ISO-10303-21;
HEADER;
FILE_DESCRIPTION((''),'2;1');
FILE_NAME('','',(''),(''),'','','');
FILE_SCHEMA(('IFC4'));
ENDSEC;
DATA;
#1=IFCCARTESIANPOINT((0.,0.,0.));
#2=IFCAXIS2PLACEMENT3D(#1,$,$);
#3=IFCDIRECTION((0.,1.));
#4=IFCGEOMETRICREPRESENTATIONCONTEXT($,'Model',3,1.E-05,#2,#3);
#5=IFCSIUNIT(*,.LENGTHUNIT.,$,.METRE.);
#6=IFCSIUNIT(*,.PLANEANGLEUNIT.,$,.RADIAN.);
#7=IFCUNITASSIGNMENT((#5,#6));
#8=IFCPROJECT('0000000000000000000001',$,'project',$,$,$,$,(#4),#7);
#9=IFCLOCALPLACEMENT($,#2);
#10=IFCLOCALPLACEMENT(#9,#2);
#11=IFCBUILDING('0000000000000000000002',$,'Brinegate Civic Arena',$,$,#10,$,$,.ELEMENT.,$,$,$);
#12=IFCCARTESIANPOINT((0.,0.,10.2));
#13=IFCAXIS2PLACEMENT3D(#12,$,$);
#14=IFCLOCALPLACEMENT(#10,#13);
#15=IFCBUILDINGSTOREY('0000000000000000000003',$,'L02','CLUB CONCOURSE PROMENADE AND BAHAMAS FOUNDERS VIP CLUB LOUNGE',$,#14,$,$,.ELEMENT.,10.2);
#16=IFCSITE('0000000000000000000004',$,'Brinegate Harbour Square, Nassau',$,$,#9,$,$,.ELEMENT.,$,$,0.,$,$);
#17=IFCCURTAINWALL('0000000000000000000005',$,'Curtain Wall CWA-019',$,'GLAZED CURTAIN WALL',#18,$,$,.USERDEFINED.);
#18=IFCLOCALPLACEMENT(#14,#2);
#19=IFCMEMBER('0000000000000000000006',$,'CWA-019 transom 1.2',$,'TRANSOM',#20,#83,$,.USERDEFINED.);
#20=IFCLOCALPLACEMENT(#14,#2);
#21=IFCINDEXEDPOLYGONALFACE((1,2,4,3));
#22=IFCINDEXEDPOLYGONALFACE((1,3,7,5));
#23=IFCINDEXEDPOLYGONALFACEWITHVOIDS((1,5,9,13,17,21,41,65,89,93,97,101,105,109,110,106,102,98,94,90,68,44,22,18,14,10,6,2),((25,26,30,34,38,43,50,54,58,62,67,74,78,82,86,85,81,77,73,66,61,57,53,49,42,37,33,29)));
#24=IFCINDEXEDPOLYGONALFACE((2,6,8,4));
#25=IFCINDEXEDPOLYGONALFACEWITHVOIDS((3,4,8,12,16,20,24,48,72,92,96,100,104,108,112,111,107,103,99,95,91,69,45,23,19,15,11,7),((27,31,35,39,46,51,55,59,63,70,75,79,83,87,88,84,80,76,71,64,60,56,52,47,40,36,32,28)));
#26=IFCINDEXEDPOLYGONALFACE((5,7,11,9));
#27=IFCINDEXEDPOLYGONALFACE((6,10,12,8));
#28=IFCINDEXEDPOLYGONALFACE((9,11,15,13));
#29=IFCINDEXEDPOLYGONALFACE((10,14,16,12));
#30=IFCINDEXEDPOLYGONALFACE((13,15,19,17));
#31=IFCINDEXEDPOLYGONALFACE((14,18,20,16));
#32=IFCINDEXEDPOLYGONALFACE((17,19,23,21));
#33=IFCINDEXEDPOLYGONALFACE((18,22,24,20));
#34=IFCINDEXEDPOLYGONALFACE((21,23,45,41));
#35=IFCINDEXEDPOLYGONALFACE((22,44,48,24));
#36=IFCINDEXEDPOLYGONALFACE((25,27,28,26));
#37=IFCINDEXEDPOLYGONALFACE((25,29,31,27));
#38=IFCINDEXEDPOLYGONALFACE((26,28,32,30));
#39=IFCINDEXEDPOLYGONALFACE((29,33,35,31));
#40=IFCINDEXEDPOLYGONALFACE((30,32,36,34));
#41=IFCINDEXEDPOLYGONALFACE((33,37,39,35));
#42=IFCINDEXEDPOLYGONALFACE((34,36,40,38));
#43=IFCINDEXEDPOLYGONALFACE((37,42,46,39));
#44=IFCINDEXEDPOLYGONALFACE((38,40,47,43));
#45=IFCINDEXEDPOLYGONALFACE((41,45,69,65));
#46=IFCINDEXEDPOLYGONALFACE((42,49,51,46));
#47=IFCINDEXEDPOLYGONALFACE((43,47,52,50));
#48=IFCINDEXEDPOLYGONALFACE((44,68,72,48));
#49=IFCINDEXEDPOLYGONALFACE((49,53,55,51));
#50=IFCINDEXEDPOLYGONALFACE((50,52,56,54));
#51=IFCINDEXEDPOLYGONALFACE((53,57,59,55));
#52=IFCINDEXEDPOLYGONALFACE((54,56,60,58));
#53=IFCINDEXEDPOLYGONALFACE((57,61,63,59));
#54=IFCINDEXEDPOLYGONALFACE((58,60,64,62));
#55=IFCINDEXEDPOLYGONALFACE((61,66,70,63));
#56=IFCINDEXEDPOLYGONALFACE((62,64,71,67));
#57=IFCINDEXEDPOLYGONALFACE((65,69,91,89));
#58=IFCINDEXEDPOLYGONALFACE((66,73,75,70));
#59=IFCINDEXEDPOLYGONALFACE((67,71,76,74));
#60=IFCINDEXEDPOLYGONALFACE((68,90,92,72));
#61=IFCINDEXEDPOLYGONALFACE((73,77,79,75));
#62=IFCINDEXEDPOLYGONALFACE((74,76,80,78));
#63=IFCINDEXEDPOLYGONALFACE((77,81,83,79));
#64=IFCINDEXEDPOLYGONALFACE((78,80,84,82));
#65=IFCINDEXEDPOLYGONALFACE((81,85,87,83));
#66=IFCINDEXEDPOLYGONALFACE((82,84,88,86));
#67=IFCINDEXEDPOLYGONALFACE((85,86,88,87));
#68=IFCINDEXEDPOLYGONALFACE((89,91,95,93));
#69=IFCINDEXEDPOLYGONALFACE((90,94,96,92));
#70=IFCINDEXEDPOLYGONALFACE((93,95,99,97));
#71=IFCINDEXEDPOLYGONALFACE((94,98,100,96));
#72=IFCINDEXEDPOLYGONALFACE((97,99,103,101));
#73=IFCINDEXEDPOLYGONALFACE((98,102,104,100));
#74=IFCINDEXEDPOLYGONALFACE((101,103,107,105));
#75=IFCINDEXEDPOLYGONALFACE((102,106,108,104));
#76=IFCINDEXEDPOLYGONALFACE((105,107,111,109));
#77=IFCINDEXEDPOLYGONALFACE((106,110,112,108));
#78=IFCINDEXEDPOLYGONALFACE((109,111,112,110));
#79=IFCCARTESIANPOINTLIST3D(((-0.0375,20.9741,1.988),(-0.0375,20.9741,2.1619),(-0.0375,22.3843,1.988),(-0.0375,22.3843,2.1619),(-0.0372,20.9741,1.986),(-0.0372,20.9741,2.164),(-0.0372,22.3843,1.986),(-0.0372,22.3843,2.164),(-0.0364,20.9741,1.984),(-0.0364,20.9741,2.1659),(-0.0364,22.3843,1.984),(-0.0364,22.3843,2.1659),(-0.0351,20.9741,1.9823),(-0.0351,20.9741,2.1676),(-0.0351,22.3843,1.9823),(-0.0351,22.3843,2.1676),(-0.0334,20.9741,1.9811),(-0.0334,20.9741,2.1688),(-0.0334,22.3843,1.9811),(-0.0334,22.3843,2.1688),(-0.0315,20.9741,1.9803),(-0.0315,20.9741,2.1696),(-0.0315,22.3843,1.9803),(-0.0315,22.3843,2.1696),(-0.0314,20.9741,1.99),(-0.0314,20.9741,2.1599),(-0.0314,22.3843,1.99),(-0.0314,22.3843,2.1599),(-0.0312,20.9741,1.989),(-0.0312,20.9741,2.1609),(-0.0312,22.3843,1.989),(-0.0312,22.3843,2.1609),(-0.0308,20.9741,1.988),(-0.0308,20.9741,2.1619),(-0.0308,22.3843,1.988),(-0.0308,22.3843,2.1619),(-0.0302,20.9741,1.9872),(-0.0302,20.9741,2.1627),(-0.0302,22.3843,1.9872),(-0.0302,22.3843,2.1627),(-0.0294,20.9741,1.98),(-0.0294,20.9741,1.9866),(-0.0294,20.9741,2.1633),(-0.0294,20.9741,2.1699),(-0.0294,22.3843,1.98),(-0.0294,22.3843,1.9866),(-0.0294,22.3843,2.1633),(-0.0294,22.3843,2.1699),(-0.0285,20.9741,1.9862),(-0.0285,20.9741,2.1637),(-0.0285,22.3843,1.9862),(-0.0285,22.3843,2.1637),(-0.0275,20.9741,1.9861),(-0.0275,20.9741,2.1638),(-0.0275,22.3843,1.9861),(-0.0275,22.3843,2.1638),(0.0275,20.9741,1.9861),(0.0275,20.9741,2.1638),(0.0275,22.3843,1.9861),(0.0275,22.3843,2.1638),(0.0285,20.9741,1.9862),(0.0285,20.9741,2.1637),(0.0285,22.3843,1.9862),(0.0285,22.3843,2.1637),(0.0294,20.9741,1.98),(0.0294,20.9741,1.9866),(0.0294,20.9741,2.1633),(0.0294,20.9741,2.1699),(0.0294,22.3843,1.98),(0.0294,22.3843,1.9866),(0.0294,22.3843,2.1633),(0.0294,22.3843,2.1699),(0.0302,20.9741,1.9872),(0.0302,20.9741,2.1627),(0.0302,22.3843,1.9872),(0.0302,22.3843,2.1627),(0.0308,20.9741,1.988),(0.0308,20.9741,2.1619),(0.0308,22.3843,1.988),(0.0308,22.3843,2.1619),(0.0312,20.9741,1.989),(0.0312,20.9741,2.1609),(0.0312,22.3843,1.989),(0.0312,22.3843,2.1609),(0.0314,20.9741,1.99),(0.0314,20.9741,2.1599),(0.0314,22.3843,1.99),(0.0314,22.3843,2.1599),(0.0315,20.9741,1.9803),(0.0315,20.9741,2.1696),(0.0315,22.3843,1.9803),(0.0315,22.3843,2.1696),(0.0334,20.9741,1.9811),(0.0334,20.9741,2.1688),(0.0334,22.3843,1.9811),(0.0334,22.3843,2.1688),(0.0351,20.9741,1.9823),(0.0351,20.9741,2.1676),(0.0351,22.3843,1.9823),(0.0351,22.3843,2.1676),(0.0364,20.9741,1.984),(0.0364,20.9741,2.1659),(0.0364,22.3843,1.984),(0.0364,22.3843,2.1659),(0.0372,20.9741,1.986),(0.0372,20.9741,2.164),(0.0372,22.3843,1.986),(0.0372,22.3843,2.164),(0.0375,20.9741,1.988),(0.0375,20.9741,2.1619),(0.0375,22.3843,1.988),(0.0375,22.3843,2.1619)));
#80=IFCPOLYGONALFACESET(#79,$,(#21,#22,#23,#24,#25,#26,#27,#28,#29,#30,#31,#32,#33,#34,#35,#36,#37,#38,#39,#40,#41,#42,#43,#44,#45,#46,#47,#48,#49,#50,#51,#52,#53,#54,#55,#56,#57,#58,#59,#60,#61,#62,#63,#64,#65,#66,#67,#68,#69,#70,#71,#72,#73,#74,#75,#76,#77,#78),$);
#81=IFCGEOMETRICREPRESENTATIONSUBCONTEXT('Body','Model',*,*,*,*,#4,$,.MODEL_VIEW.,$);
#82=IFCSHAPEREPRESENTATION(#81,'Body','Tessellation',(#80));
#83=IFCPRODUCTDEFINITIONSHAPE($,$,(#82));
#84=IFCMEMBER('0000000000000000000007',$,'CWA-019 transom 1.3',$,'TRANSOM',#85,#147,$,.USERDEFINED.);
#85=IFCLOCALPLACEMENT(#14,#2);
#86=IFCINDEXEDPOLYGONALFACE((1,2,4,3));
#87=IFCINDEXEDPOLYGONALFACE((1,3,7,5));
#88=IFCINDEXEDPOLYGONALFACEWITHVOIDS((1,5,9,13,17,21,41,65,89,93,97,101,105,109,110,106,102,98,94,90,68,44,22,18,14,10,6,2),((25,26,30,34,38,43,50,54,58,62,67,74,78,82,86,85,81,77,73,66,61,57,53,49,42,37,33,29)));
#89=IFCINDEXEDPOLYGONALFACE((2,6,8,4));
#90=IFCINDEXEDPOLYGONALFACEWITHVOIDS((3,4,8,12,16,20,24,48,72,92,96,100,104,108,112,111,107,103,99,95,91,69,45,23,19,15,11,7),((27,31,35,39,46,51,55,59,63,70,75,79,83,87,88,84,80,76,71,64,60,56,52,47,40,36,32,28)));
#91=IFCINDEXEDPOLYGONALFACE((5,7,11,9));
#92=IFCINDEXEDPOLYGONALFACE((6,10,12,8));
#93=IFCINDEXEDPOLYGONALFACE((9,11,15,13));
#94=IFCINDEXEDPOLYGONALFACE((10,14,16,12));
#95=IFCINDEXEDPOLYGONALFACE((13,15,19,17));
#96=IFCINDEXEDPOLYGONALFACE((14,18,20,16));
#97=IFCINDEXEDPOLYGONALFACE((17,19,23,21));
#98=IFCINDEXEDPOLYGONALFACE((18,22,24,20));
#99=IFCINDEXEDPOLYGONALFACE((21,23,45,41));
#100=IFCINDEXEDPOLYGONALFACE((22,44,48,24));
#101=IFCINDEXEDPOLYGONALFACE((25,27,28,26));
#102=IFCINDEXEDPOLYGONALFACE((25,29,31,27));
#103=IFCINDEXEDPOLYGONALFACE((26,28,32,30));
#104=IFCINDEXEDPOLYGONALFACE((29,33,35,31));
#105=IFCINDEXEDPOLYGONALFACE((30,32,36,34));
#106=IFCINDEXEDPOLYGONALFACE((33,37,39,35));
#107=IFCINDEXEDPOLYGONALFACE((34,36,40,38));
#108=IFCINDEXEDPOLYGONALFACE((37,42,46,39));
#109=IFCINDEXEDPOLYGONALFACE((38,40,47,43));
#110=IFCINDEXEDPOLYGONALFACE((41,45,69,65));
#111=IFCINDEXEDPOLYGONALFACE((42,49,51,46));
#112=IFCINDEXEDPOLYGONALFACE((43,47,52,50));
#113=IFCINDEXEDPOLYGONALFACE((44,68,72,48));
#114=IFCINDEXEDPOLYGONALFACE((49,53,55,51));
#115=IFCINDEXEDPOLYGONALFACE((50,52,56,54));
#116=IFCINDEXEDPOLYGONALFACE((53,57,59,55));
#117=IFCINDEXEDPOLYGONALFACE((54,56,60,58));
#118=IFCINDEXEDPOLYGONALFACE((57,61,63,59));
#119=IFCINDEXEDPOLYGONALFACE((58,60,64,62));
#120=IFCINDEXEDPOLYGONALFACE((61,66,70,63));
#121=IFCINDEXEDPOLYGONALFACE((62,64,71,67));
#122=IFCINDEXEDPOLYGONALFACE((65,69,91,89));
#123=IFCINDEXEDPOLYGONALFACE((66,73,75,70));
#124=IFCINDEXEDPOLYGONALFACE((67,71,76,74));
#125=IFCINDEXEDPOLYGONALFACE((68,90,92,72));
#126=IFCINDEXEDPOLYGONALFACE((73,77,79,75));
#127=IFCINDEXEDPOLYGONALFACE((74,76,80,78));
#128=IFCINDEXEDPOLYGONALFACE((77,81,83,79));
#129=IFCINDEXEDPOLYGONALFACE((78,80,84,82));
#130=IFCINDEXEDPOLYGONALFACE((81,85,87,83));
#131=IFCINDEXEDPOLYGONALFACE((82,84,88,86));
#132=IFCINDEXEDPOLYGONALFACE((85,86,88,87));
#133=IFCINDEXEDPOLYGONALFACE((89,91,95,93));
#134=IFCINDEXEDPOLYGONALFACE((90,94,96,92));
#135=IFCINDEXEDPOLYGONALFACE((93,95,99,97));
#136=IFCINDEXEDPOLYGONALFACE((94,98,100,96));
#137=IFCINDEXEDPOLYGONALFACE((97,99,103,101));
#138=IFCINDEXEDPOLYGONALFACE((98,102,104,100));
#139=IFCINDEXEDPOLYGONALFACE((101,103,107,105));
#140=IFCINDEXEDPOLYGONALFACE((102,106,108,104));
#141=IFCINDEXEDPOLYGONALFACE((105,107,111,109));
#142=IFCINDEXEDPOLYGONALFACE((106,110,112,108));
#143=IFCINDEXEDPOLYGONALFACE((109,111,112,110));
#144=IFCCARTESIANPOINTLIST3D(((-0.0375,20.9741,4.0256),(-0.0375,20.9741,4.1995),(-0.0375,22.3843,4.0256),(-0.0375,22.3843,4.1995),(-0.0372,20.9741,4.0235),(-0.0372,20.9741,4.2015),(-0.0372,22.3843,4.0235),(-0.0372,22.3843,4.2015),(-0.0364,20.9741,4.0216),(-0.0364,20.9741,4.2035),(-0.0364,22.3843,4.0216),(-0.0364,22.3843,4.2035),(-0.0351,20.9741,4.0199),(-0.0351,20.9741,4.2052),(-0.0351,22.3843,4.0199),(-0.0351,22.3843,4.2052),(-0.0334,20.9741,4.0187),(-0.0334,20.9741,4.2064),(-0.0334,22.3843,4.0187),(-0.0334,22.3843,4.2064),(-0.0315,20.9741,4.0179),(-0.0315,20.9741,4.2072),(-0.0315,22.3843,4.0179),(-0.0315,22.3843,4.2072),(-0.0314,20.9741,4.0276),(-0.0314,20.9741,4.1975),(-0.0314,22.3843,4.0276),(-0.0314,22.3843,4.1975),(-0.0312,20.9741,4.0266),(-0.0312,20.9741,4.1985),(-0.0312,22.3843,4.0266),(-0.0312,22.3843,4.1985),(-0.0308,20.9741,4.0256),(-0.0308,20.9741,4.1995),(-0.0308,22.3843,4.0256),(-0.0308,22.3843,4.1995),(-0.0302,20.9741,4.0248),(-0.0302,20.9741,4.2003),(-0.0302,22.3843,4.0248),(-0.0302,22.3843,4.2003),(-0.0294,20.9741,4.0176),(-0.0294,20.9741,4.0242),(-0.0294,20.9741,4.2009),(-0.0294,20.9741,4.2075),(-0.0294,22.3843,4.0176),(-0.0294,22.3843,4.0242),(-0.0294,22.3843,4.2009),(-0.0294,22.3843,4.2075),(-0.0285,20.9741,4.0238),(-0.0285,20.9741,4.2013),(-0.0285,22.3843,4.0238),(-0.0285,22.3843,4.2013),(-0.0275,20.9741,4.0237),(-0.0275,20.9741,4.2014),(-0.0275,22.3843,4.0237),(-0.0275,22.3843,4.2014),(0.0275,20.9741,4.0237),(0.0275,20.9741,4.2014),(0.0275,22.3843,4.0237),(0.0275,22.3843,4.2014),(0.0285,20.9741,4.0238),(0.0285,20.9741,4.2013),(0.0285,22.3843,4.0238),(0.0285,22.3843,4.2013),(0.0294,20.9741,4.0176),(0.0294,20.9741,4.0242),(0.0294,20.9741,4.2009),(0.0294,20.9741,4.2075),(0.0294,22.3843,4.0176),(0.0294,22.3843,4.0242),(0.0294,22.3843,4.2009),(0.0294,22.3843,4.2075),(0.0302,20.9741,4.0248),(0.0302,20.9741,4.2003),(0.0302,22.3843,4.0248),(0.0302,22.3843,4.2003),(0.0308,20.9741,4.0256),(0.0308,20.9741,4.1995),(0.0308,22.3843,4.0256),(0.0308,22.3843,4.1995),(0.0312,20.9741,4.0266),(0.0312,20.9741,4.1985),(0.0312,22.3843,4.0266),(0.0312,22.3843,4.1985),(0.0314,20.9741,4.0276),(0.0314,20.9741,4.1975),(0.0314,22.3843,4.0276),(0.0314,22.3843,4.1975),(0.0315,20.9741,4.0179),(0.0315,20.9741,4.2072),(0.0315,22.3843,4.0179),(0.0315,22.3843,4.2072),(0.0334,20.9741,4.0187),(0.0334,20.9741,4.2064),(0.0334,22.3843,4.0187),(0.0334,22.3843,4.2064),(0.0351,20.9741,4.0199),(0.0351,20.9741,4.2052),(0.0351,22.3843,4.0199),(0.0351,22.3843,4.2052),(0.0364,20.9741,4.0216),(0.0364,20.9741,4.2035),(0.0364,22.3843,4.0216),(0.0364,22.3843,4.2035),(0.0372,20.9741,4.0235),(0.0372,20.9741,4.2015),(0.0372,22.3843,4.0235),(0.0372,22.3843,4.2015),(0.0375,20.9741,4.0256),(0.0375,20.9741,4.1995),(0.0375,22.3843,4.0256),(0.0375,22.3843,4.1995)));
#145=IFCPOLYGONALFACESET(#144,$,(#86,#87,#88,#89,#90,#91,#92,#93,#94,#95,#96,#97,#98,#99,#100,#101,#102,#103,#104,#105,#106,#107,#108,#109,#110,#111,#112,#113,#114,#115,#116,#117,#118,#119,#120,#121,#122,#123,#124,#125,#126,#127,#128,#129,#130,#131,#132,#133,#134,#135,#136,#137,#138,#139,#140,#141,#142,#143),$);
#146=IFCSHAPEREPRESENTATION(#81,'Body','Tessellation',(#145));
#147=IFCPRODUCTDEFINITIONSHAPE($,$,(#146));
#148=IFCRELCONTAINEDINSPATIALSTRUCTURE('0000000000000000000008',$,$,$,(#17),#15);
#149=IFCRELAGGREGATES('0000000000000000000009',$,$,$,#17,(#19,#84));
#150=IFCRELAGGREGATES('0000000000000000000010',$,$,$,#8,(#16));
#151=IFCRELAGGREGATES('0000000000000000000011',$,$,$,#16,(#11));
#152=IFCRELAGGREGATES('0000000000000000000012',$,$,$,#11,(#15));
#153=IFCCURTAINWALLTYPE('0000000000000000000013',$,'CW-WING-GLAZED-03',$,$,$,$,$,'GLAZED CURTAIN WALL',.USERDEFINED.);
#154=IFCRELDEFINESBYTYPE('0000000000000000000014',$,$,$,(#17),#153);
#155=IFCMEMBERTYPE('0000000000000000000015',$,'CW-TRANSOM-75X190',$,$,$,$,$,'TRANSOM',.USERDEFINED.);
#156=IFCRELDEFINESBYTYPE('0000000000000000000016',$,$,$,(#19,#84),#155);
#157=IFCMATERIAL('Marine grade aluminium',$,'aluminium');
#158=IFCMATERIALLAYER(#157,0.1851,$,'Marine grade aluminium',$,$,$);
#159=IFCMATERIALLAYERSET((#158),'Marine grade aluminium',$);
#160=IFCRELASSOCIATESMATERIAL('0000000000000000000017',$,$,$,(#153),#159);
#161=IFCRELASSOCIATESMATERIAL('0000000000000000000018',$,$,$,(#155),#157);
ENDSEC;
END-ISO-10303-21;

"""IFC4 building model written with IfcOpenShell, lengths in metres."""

from ifc_helpers import new_model, si_unit, direction, frame, origin, origin_2d, place, context, subcontext, project, spatial, hollow_rectangle, extrude, material, layer, layer_set, material_profile, profile_set, type_object, element, aggregate, save


model = new_model("IFC4")

# Units and contexts
model_context = context("Model", 3, precision=1e-05, world=origin(), true_north=direction((0.0, 1.0)))
body_context = subcontext(model_context, "Body", "Model", "MODEL_VIEW")
ifc_project = project(units=[si_unit("LENGTHUNIT", "METRE"), si_unit("PLANEANGLEUNIT", "RADIAN")], contexts=[model_context])

# Site, building, storey
site_placement = place(None, origin())
site = spatial("IfcSite", under=ifc_project, at=site_placement, Name="Brinegate Harbour Square, Nassau", CompositionType="ELEMENT", RefElevation=0.0)
building_placement = place(site_placement, origin())
building = spatial("IfcBuilding", under=site, at=building_placement, Name="Brinegate Civic Arena", CompositionType="ELEMENT")
storey_placement = place(building_placement, frame((0.0, 0.0, 10.2)))
storey = spatial("IfcBuildingStorey", under=building, at=storey_placement, Name="L02", Description="CLUB CONCOURSE PROMENADE AND BAHAMAS FOUNDERS VIP CLUB LOUNGE", CompositionType="ELEMENT", Elevation=10.2)

# Curtain wall, members
ifc_material_1 = material(Name="Marine grade aluminium", Category="aluminium")
ifc_layer_1 = layer(ifc_material_1, 0.1851, Name="Marine grade aluminium")
ifc_layer_set_1 = layer_set([ifc_layer_1], Name="Marine grade aluminium")
curtain_wall_type = type_object("IfcCurtainWallType", Name="CW-WING-GLAZED-03", ElementType="GLAZED CURTAIN WALL", PredefinedType="USERDEFINED", material=ifc_layer_set_1)
curtain_wall_placement = place(storey_placement, origin())
curtain_wall = element("IfcCurtainWall", 1, at=curtain_wall_placement, inside=storey, type_object=curtain_wall_type, Name="Curtain Wall CWA-019", ObjectType="GLAZED CURTAIN WALL", PredefinedType="USERDEFINED")
ifc_material_profile_1 = material_profile(ifc_material_1, hollow_rectangle(XDim=0.075, YDim=0.1899, WallThickness=0.0061, InnerFilletRadius=0.0039, OuterFilletRadius=0.0081, at=origin_2d()), Name="TRN75X190")
ifc_profile_set_1 = profile_set([ifc_material_profile_1], Name="Marine grade aluminium")
member_type_1 = type_object("IfcMemberType", Name="CW-TRANSOM-75X190", ElementType="TRANSOM", PredefinedType="USERDEFINED", material=ifc_profile_set_1)
member_1_placement = place(storey_placement, frame((0.0, 20.9741, 2.075), z_axis=(0.0, 1.0, 0.0), x_axis=(-1.0, 0.0, 0.0)))
member_1 = element("IfcMember", 2, at=member_1_placement, type_object=member_type_1, Name="CWA-019 transom 1.2", ObjectType="TRANSOM", PredefinedType="USERDEFINED", context=body_context, shape_type="SweptSolid", body=[
    extrude(hollow_rectangle(XDim=0.075, YDim=0.1899, WallThickness=0.0061, InnerFilletRadius=0.0039, OuterFilletRadius=0.0081, at=origin_2d()), origin(), (0.0, 0.0, 1.0), 1.4102),
])
member_2_placement = place(storey_placement, frame((0.0, 20.9741, 4.1125), z_axis=(0.0, 1.0, 0.0), x_axis=(-1.0, 0.0, 0.0)))
member_2 = element("IfcMember", 3, at=member_2_placement, type_object=member_type_1, Name="CWA-019 transom 1.3", ObjectType="TRANSOM", PredefinedType="USERDEFINED", context=body_context, shape_type="SweptSolid", body=[
    extrude(hollow_rectangle(XDim=0.075, YDim=0.1899, WallThickness=0.0061, InnerFilletRadius=0.0039, OuterFilletRadius=0.0081, at=origin_2d()), origin(), (0.0, 0.0, 1.0), 1.4102),
])

aggregate(curtain_wall, [member_1, member_2])

save(model, "model.ifc")
